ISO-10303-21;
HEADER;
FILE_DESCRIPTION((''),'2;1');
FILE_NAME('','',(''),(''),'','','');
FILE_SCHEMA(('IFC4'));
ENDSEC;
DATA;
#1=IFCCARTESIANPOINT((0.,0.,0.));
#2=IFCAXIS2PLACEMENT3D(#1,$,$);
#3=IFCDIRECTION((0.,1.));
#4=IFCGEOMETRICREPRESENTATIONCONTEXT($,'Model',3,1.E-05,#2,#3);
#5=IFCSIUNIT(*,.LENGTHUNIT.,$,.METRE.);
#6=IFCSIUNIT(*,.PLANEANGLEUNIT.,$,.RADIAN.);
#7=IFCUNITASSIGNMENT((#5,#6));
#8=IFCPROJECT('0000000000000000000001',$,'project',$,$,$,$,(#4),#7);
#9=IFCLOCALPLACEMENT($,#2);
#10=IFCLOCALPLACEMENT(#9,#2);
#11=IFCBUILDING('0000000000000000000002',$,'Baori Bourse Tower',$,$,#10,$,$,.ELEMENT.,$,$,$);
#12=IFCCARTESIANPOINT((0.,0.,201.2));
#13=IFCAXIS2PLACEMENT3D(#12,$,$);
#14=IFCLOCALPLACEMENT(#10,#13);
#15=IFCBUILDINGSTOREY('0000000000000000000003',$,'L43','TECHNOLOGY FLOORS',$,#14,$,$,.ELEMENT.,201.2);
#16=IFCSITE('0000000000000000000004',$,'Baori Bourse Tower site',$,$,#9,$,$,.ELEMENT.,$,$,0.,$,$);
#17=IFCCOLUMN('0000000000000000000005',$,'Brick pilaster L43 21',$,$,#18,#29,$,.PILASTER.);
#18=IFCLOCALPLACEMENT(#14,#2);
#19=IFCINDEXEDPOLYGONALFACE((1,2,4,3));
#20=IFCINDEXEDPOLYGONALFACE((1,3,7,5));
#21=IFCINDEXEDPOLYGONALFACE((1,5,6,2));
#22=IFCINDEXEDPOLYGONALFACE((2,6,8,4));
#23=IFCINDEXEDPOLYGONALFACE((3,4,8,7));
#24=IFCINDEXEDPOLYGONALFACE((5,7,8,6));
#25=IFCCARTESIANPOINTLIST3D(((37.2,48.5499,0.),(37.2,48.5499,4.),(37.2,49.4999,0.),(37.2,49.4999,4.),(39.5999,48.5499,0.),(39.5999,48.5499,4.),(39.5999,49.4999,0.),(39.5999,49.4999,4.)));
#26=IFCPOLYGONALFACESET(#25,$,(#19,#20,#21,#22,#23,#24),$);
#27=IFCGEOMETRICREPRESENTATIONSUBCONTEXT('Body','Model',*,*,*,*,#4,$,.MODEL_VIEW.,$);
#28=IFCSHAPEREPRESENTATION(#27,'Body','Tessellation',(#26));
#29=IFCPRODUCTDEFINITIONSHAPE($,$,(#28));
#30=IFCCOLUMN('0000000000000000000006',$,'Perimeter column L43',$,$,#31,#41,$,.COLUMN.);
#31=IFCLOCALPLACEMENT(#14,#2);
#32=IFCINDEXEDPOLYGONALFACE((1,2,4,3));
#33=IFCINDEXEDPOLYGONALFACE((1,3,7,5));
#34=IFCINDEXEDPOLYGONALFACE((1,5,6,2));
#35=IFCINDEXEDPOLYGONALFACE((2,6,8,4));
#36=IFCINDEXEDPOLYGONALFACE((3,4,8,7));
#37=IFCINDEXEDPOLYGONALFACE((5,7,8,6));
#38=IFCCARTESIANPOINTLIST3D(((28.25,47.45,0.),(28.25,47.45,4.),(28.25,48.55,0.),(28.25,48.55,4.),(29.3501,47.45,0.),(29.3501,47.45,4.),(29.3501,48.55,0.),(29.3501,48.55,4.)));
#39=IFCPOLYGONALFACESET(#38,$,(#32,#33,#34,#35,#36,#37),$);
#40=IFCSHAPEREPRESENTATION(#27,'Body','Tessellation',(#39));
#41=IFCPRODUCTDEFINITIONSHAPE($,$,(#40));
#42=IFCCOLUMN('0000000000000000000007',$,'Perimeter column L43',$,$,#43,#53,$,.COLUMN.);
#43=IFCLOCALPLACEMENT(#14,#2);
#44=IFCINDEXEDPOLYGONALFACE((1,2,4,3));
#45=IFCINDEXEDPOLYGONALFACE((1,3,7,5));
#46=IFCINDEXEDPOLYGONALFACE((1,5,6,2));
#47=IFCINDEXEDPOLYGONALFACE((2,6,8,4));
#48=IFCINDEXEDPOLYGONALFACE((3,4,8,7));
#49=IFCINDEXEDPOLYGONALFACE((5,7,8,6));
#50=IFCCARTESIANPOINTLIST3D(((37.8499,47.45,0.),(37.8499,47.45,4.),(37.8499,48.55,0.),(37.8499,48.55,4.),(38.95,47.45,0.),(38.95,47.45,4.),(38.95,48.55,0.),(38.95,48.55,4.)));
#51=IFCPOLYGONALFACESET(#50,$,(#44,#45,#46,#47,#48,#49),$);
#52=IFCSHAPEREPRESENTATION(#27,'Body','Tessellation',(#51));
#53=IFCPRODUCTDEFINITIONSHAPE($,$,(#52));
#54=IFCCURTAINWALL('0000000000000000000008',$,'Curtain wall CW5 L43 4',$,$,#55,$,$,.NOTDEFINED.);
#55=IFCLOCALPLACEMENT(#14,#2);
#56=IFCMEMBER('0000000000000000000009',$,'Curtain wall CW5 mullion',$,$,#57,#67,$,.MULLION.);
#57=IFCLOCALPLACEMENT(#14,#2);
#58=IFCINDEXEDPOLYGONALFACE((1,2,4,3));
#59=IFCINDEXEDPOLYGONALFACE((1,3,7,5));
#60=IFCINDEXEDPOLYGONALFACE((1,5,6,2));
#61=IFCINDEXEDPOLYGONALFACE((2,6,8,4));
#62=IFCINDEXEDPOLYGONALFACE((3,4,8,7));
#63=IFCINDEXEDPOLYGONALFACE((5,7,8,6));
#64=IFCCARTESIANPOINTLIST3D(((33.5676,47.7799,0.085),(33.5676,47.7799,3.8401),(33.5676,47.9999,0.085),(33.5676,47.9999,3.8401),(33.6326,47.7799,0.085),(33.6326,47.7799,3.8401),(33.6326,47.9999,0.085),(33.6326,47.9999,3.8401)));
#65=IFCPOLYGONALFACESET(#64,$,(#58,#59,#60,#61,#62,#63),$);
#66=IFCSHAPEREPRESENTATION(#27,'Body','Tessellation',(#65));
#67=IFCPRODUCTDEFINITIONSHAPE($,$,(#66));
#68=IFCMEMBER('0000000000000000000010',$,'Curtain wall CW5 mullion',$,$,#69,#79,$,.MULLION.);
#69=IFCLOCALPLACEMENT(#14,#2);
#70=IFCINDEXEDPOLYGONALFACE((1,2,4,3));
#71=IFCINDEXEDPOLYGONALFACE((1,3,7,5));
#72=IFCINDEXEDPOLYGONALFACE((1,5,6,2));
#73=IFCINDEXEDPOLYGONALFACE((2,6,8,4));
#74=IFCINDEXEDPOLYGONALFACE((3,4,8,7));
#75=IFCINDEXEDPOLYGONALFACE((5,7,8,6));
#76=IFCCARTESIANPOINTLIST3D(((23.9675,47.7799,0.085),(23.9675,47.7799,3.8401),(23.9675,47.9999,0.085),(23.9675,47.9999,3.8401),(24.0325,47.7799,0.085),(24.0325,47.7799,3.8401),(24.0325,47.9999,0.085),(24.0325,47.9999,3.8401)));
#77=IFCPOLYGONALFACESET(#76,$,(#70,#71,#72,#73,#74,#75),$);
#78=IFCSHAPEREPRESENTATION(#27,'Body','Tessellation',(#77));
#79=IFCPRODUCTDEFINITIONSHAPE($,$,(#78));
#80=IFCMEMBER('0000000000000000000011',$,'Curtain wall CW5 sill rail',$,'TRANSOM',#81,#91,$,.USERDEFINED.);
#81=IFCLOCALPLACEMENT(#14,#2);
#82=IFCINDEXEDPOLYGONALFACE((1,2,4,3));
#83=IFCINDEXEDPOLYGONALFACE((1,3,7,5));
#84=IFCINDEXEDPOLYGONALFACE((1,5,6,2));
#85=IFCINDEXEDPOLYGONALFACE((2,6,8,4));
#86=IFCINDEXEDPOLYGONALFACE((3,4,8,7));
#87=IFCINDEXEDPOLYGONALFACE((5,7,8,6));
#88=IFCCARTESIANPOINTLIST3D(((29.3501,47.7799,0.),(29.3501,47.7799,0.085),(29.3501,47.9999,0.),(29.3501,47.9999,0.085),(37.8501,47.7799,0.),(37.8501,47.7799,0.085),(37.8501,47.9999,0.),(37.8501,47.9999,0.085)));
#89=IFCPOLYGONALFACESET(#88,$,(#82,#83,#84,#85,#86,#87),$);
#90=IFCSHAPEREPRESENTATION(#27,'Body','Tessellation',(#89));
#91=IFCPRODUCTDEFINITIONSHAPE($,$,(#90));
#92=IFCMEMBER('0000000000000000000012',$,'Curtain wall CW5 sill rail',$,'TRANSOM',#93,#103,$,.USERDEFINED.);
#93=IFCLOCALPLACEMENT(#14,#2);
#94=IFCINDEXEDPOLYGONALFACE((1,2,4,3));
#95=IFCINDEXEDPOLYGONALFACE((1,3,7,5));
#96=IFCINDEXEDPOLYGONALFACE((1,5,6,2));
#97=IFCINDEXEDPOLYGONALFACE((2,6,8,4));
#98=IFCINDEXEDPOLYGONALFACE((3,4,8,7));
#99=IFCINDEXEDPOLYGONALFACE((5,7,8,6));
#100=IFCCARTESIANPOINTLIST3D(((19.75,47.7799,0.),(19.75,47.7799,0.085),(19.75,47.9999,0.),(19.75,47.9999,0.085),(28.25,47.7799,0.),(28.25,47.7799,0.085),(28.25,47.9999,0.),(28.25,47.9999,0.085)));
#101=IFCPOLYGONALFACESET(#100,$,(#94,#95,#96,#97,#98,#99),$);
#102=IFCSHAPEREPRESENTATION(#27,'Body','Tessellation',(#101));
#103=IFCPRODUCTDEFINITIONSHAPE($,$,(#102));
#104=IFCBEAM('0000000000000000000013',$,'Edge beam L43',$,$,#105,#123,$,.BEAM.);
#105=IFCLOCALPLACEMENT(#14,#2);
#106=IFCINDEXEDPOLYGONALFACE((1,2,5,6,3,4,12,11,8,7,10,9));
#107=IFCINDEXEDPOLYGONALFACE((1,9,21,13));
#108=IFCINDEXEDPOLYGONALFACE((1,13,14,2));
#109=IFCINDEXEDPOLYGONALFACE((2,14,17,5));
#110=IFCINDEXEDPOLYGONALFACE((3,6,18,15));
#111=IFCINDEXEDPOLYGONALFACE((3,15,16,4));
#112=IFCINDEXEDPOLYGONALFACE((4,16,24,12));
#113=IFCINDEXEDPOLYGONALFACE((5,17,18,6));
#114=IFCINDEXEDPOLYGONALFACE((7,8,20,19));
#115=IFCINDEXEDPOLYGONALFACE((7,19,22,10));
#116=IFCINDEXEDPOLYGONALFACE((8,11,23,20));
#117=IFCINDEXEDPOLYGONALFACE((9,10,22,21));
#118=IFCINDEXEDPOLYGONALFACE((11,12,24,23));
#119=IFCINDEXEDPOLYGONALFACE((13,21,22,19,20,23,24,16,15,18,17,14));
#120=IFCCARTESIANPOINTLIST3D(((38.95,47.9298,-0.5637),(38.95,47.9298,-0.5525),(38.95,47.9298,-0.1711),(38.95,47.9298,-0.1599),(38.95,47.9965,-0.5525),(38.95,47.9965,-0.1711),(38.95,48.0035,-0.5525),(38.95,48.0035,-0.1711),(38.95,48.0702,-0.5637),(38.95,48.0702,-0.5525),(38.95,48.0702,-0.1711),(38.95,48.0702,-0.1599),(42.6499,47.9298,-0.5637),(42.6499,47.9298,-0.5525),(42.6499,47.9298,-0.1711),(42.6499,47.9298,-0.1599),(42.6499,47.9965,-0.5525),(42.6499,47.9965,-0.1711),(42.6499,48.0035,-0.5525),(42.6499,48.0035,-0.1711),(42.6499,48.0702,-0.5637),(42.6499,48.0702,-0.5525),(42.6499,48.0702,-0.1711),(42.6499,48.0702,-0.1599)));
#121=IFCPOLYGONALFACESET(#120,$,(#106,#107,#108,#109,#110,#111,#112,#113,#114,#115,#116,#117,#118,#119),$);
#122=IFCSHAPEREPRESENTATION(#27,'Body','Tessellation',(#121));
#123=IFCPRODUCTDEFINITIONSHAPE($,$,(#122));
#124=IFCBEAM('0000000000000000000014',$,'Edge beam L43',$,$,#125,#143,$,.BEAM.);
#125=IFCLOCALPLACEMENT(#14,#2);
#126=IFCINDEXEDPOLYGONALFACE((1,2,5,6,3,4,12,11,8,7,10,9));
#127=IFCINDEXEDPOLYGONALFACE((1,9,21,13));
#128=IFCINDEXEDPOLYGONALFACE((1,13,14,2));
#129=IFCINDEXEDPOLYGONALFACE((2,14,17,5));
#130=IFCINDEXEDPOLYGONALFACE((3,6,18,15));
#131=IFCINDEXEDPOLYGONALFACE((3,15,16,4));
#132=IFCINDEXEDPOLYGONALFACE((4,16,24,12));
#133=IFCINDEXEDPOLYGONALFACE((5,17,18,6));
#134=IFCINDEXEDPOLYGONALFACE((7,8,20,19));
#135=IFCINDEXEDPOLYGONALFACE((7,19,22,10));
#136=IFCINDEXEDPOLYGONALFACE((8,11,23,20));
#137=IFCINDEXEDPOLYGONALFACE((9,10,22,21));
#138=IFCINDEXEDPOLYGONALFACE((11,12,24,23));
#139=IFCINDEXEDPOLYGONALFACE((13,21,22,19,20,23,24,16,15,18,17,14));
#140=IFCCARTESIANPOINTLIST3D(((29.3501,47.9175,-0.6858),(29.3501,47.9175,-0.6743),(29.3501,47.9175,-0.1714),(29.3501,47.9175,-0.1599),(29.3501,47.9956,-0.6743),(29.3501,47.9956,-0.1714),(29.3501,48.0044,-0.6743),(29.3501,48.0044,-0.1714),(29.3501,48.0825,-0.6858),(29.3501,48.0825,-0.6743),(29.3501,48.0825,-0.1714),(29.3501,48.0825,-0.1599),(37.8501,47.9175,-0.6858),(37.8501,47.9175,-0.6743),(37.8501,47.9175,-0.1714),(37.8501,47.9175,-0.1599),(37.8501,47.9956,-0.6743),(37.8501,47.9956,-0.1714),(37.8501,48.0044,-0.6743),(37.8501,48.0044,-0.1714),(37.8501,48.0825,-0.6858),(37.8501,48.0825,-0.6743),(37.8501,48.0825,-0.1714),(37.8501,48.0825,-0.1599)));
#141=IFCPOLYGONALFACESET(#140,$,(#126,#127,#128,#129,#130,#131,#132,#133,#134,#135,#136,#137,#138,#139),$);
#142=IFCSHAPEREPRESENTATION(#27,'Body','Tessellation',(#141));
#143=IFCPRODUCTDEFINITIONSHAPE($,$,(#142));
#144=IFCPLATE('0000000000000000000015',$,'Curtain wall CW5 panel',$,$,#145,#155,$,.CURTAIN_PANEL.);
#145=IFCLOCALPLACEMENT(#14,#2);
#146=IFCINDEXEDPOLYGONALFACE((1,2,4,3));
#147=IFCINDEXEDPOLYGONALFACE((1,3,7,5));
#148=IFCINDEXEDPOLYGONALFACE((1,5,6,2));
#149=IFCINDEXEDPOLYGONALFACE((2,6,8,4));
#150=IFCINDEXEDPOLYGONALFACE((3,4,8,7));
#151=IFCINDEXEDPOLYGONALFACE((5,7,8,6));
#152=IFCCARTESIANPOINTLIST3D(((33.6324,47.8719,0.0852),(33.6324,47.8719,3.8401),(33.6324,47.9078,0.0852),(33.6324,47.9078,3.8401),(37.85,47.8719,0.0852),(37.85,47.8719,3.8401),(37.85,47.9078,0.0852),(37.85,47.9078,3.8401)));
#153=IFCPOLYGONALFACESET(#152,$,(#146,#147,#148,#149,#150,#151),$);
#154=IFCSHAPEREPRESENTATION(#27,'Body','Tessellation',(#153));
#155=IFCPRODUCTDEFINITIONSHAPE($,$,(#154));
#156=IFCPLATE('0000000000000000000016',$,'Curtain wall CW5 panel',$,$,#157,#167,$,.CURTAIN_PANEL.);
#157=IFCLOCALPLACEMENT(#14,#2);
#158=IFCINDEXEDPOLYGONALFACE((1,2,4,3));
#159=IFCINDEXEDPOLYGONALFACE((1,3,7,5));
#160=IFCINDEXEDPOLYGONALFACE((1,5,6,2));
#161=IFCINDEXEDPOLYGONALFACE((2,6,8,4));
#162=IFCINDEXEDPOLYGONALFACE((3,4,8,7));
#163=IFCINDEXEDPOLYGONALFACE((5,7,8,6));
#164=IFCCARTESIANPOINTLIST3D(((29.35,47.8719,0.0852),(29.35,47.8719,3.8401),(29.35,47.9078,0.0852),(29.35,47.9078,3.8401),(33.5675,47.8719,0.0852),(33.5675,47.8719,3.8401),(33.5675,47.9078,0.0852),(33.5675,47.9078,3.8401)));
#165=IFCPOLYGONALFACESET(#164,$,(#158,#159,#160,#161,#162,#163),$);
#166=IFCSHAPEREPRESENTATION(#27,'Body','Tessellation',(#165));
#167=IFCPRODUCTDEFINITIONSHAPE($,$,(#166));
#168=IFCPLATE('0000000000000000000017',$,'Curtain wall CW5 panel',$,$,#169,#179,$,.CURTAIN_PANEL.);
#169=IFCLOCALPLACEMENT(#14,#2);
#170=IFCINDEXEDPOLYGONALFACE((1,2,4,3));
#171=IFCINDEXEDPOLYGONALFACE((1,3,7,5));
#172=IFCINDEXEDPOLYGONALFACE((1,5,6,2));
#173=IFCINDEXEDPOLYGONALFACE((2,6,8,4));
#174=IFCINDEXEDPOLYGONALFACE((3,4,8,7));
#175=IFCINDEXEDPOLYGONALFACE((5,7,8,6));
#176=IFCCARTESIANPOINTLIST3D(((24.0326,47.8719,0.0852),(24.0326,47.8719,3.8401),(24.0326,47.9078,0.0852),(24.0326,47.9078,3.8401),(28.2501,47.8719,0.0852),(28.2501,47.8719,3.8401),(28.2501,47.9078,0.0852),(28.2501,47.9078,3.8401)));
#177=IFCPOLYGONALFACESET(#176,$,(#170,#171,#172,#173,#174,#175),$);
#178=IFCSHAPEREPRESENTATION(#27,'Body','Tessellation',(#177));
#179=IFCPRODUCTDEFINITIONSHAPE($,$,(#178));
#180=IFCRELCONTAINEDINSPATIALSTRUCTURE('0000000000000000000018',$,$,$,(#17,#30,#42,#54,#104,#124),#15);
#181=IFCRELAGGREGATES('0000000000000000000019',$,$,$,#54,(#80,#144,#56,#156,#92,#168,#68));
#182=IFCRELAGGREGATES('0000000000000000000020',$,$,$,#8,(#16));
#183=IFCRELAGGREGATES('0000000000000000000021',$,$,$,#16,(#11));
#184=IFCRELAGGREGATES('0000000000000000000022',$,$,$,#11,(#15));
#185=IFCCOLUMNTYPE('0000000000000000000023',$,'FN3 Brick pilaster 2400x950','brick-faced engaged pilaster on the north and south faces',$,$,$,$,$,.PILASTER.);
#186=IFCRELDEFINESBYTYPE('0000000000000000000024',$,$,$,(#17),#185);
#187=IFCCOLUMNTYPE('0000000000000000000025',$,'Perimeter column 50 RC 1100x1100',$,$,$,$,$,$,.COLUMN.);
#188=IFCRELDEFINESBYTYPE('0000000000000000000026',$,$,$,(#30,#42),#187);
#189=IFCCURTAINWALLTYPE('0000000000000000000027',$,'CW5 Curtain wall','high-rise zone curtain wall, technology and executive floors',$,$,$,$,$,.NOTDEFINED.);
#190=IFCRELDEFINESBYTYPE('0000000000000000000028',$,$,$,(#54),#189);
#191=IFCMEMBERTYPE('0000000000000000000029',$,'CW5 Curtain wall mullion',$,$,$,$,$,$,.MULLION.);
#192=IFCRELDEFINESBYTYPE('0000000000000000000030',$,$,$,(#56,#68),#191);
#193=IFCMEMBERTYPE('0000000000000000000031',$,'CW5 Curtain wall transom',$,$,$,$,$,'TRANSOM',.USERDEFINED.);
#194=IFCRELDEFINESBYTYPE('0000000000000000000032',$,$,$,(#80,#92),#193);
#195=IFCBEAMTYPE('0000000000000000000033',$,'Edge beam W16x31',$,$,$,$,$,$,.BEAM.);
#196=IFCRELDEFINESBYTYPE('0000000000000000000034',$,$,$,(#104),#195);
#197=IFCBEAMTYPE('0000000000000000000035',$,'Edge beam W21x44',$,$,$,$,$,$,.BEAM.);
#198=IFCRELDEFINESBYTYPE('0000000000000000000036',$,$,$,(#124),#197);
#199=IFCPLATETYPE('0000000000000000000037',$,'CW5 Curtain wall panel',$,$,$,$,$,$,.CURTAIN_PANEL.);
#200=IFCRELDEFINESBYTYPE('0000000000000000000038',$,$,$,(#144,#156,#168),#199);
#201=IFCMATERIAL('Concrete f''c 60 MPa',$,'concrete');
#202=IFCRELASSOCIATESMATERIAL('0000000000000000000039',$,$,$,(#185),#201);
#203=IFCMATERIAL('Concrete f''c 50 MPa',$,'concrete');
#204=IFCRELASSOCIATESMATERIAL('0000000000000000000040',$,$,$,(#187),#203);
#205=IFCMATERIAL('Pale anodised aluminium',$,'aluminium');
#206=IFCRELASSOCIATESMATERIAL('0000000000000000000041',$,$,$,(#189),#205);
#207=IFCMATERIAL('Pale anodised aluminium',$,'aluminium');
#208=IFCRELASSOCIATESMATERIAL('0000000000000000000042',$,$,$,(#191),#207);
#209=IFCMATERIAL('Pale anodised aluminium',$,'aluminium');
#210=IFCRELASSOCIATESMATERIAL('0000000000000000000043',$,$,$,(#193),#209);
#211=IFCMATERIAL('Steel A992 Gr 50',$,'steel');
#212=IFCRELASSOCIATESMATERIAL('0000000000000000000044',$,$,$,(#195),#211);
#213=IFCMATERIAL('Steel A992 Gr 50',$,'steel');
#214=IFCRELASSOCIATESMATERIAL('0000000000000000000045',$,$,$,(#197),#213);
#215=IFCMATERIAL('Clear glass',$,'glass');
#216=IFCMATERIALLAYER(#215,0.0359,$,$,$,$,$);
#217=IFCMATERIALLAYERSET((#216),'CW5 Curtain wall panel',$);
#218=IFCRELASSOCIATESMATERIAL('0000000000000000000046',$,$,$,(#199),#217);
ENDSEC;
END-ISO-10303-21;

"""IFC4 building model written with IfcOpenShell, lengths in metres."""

from ifc_helpers import new_model, si_unit, direction, frame, origin, origin_2d, place, context, subcontext, project, spatial, rectangle, i_section, extrude, material, layer, layer_set, material_profile, profile_set, type_object, element, aggregate, save


model = new_model("IFC4")

# Units and contexts
model_context = context("Model", 3, precision=1e-05, world=origin(), true_north=direction((0.0, 1.0)))
body_context = subcontext(model_context, "Body", "Model", "MODEL_VIEW")
ifc_project = project(units=[si_unit("LENGTHUNIT", "METRE"), si_unit("PLANEANGLEUNIT", "RADIAN")], contexts=[model_context])

# Site, building, storey
site_placement = place(None, origin())
site = spatial("IfcSite", under=ifc_project, at=site_placement, Name="Baori Bourse Tower site", CompositionType="ELEMENT", RefElevation=0.0)
building_placement = place(site_placement, origin())
building = spatial("IfcBuilding", under=site, at=building_placement, Name="Baori Bourse Tower", CompositionType="ELEMENT")
storey_placement = place(building_placement, frame((0.0, 0.0, 201.2)))
storey = spatial("IfcBuildingStorey", under=building, at=storey_placement, Name="L43", Description="TECHNOLOGY FLOORS", CompositionType="ELEMENT", Elevation=201.2)

# Columns
ifc_material_1 = material(Name="Concrete f'c 60 MPa", Category="concrete")
ifc_material_profile_1 = material_profile(ifc_material_1, rectangle(XDim=2.3999, YDim=0.95, at=origin_2d()), Name="RC 2400x950")
ifc_profile_set_1 = profile_set([ifc_material_profile_1], Name="Concrete f'c 60 MPa")
column_type_1 = type_object("IfcColumnType", Name="FN3 Brick pilaster 2400x950", Description="brick-faced engaged pilaster on the north and south faces", PredefinedType="PILASTER", material=ifc_profile_set_1)
column_placement = place(storey_placement, frame((38.3999, 49.0249, 0.0), z_axis=(0.0, 0.0, 1.0), x_axis=(1.0, 0.0, 0.0)))
element("IfcColumn", 1, at=column_placement, inside=storey, type_object=column_type_1, Name="Brick pilaster L43 21", PredefinedType="PILASTER", context=body_context, shape_type="SweptSolid", body=[
    extrude(rectangle(XDim=2.3999, YDim=0.95, at=origin_2d()), origin(), (0.0, 0.0, 1.0), 4.0),
])
ifc_material_2 = material(Name="Concrete f'c 50 MPa", Category="concrete")
ifc_material_profile_2 = material_profile(ifc_material_2, rectangle(XDim=1.1001, YDim=1.1001, at=origin_2d()), Name="RC 1100x1100")
ifc_profile_set_2 = profile_set([ifc_material_profile_2], Name="Concrete f'c 50 MPa")
column_type_2 = type_object("IfcColumnType", Name="Perimeter column 50 RC 1100x1100", PredefinedType="COLUMN", material=ifc_profile_set_2)
for number, where, z_axis, x_axis, name in (
    (2, (28.8, 48.0, 0.0), (0.0, 0.0, 1.0), (1.0, 0.0, 0.0), "Perimeter column L43"),
    (3, (38.3999, 48.0, 0.0), (0.0, 0.0, 1.0), (1.0, 0.0, 0.0), "Perimeter column L43"),
):
    element("IfcColumn", number, at=place(storey_placement, frame(where, z_axis=z_axis, x_axis=x_axis)), inside=storey, type_object=column_type_2, Name=name, PredefinedType="COLUMN", context=body_context, shape_type="SweptSolid", body=[
        extrude(rectangle(XDim=1.1001, YDim=1.1001, at=origin_2d()), origin(), (0.0, 0.0, 1.0), 4.0),
    ])

# Curtain wall, members
ifc_material_3 = material(Name="Pale anodised aluminium", Category="aluminium")
curtain_wall_type = type_object("IfcCurtainWallType", Name="CW5 Curtain wall", Description="high-rise zone curtain wall, technology and executive floors", PredefinedType="NOTDEFINED", material=ifc_material_3)
curtain_wall_placement = place(storey_placement, origin())
curtain_wall = element("IfcCurtainWall", 4, at=curtain_wall_placement, inside=storey, type_object=curtain_wall_type, Name="Curtain wall CW5 L43 4", PredefinedType="NOTDEFINED")
ifc_material_4 = material(Name="Pale anodised aluminium", Category="aluminium")
ifc_material_profile_3 = material_profile(ifc_material_4, rectangle(XDim=0.22, YDim=0.0649, at=origin_2d()), Name="Mullion 65x220")
ifc_profile_set_3 = profile_set([ifc_material_profile_3], Name="Pale anodised aluminium")
member_type_1 = type_object("IfcMemberType", Name="CW5 Curtain wall mullion", PredefinedType="MULLION", material=ifc_profile_set_3)
member_1_placement = place(storey_placement, frame((33.6001, 47.8899, 0.085), z_axis=(0.0, 0.0, 1.0), x_axis=(0.0, -1.0, 0.0)))
member_1 = element("IfcMember", 5, at=member_1_placement, type_object=member_type_1, Name="Curtain wall CW5 mullion", PredefinedType="MULLION", context=body_context, shape_type="SweptSolid", body=[
    extrude(rectangle(XDim=0.22, YDim=0.0649, at=origin_2d()), origin(), (0.0, 0.0, 1.0), 3.7551),
])
member_2_placement = place(storey_placement, frame((24.0, 47.8899, 0.085), z_axis=(0.0, 0.0, 1.0), x_axis=(0.0, -1.0, 0.0)))
member_2 = element("IfcMember", 6, at=member_2_placement, type_object=member_type_1, Name="Curtain wall CW5 mullion", PredefinedType="MULLION", context=body_context, shape_type="SweptSolid", body=[
    extrude(rectangle(XDim=0.22, YDim=0.0649, at=origin_2d()), origin(), (0.0, 0.0, 1.0), 3.7551),
])
ifc_material_5 = material(Name="Pale anodised aluminium", Category="aluminium")
ifc_material_profile_4 = material_profile(ifc_material_5, rectangle(XDim=0.22, YDim=0.085, at=origin_2d()), Name="Transom 85x220")
ifc_profile_set_4 = profile_set([ifc_material_profile_4], Name="Pale anodised aluminium")
member_type_2 = type_object("IfcMemberType", Name="CW5 Curtain wall transom", ElementType="TRANSOM", PredefinedType="USERDEFINED", material=ifc_profile_set_4)
member_3_placement = place(storey_placement, frame((37.8501, 47.8899, 0.0425), z_axis=(-1.0, 0.0, 0.0), x_axis=(0.0, -1.0, 0.0)))
member_3 = element("IfcMember", 7, at=member_3_placement, type_object=member_type_2, Name="Curtain wall CW5 sill rail", ObjectType="TRANSOM", PredefinedType="USERDEFINED", context=body_context, shape_type="SweptSolid", body=[
    extrude(rectangle(XDim=0.22, YDim=0.085, at=origin_2d()), origin(), (0.0, 0.0, 1.0), 8.5),
])
member_4_placement = place(storey_placement, frame((28.25, 47.8899, 0.0425), z_axis=(-1.0, 0.0, 0.0), x_axis=(0.0, -1.0, 0.0)))
member_4 = element("IfcMember", 8, at=member_4_placement, type_object=member_type_2, Name="Curtain wall CW5 sill rail", ObjectType="TRANSOM", PredefinedType="USERDEFINED", context=body_context, shape_type="SweptSolid", body=[
    extrude(rectangle(XDim=0.22, YDim=0.085, at=origin_2d()), origin(), (0.0, 0.0, 1.0), 8.5),
])

# Beams
ifc_material_6 = material(Name="Steel A992 Gr 50", Category="steel")
ifc_material_profile_5 = material_profile(ifc_material_6, i_section(OverallWidth=0.1404, OverallDepth=0.4038, WebThickness=0.0071, FlangeThickness=0.0112, at=origin_2d()), Name="W16x31")
ifc_profile_set_5 = profile_set([ifc_material_profile_5], Name="Steel A992 Gr 50")
beam_type_1 = type_object("IfcBeamType", Name="Edge beam W16x31", PredefinedType="BEAM", material=ifc_profile_set_5)
beam_1_placement = place(storey_placement, frame((38.95, 48.0, -0.3618), z_axis=(1.0, 0.0, 0.0), x_axis=(0.0, 1.0, 0.0)))
element("IfcBeam", 9, at=beam_1_placement, inside=storey, type_object=beam_type_1, Name="Edge beam L43", PredefinedType="BEAM", context=body_context, shape_type="SweptSolid", body=[
    extrude(i_section(OverallWidth=0.1404, OverallDepth=0.4038, WebThickness=0.0071, FlangeThickness=0.0112, at=origin_2d()), origin(), (0.0, 0.0, 1.0), 3.7),
])
ifc_material_7 = material(Name="Steel A992 Gr 50", Category="steel")
ifc_material_profile_6 = material_profile(ifc_material_7, i_section(OverallWidth=0.165, OverallDepth=0.5259, WebThickness=0.0088, FlangeThickness=0.0115, at=origin_2d()), Name="W21x44")
ifc_profile_set_6 = profile_set([ifc_material_profile_6], Name="Steel A992 Gr 50")
beam_type_2 = type_object("IfcBeamType", Name="Edge beam W21x44", PredefinedType="BEAM", material=ifc_profile_set_6)
beam_2_placement = place(storey_placement, frame((29.3501, 48.0, -0.4229), z_axis=(1.0, 0.0, 0.0), x_axis=(0.0, 1.0, 0.0)))
element("IfcBeam", 10, at=beam_2_placement, inside=storey, type_object=beam_type_2, Name="Edge beam L43", PredefinedType="BEAM", context=body_context, shape_type="SweptSolid", body=[
    extrude(i_section(OverallWidth=0.165, OverallDepth=0.5259, WebThickness=0.0088, FlangeThickness=0.0115, at=origin_2d()), origin(), (0.0, 0.0, 1.0), 8.5),
])

# Plates
ifc_material_8 = material(Name="Clear glass", Category="glass")
ifc_layer_1 = layer(ifc_material_8, 0.0359)
ifc_layer_set_1 = layer_set([ifc_layer_1], Name="CW5 Curtain wall panel")
plate_type = type_object("IfcPlateType", Name="CW5 Curtain wall panel", PredefinedType="CURTAIN_PANEL", material=ifc_layer_set_1)
plate_1_placement = place(storey_placement, frame((35.7412, 47.8899, 0.0852), z_axis=(0.0, 0.0, 1.0), x_axis=(-1.0, 0.0, 0.0)))
plate_1 = element("IfcPlate", 11, at=plate_1_placement, type_object=plate_type, Name="Curtain wall CW5 panel", PredefinedType="CURTAIN_PANEL", context=body_context, shape_type="SweptSolid", body=[
    extrude(rectangle(XDim=4.2175, YDim=0.0359, at=origin_2d()), origin(), (0.0, 0.0, 1.0), 3.7549),
])
plate_2_placement = place(storey_placement, frame((31.4587, 47.8899, 0.0852), z_axis=(0.0, 0.0, 1.0), x_axis=(-1.0, 0.0, 0.0)))
plate_2 = element("IfcPlate", 12, at=plate_2_placement, type_object=plate_type, Name="Curtain wall CW5 panel", PredefinedType="CURTAIN_PANEL", context=body_context, shape_type="SweptSolid", body=[
    extrude(rectangle(XDim=4.2175, YDim=0.0359, at=origin_2d()), origin(), (0.0, 0.0, 1.0), 3.7549),
])
plate_3_placement = place(storey_placement, frame((26.1414, 47.8899, 0.0852), z_axis=(0.0, 0.0, 1.0), x_axis=(-1.0, 0.0, 0.0)))
plate_3 = element("IfcPlate", 13, at=plate_3_placement, type_object=plate_type, Name="Curtain wall CW5 panel", PredefinedType="CURTAIN_PANEL", context=body_context, shape_type="SweptSolid", body=[
    extrude(rectangle(XDim=4.2175, YDim=0.0359, at=origin_2d()), origin(), (0.0, 0.0, 1.0), 3.7549),
])
aggregate(curtain_wall, [member_3, plate_1, member_1, plate_2, member_4, plate_3, member_2])

save(model, "model.ifc")
